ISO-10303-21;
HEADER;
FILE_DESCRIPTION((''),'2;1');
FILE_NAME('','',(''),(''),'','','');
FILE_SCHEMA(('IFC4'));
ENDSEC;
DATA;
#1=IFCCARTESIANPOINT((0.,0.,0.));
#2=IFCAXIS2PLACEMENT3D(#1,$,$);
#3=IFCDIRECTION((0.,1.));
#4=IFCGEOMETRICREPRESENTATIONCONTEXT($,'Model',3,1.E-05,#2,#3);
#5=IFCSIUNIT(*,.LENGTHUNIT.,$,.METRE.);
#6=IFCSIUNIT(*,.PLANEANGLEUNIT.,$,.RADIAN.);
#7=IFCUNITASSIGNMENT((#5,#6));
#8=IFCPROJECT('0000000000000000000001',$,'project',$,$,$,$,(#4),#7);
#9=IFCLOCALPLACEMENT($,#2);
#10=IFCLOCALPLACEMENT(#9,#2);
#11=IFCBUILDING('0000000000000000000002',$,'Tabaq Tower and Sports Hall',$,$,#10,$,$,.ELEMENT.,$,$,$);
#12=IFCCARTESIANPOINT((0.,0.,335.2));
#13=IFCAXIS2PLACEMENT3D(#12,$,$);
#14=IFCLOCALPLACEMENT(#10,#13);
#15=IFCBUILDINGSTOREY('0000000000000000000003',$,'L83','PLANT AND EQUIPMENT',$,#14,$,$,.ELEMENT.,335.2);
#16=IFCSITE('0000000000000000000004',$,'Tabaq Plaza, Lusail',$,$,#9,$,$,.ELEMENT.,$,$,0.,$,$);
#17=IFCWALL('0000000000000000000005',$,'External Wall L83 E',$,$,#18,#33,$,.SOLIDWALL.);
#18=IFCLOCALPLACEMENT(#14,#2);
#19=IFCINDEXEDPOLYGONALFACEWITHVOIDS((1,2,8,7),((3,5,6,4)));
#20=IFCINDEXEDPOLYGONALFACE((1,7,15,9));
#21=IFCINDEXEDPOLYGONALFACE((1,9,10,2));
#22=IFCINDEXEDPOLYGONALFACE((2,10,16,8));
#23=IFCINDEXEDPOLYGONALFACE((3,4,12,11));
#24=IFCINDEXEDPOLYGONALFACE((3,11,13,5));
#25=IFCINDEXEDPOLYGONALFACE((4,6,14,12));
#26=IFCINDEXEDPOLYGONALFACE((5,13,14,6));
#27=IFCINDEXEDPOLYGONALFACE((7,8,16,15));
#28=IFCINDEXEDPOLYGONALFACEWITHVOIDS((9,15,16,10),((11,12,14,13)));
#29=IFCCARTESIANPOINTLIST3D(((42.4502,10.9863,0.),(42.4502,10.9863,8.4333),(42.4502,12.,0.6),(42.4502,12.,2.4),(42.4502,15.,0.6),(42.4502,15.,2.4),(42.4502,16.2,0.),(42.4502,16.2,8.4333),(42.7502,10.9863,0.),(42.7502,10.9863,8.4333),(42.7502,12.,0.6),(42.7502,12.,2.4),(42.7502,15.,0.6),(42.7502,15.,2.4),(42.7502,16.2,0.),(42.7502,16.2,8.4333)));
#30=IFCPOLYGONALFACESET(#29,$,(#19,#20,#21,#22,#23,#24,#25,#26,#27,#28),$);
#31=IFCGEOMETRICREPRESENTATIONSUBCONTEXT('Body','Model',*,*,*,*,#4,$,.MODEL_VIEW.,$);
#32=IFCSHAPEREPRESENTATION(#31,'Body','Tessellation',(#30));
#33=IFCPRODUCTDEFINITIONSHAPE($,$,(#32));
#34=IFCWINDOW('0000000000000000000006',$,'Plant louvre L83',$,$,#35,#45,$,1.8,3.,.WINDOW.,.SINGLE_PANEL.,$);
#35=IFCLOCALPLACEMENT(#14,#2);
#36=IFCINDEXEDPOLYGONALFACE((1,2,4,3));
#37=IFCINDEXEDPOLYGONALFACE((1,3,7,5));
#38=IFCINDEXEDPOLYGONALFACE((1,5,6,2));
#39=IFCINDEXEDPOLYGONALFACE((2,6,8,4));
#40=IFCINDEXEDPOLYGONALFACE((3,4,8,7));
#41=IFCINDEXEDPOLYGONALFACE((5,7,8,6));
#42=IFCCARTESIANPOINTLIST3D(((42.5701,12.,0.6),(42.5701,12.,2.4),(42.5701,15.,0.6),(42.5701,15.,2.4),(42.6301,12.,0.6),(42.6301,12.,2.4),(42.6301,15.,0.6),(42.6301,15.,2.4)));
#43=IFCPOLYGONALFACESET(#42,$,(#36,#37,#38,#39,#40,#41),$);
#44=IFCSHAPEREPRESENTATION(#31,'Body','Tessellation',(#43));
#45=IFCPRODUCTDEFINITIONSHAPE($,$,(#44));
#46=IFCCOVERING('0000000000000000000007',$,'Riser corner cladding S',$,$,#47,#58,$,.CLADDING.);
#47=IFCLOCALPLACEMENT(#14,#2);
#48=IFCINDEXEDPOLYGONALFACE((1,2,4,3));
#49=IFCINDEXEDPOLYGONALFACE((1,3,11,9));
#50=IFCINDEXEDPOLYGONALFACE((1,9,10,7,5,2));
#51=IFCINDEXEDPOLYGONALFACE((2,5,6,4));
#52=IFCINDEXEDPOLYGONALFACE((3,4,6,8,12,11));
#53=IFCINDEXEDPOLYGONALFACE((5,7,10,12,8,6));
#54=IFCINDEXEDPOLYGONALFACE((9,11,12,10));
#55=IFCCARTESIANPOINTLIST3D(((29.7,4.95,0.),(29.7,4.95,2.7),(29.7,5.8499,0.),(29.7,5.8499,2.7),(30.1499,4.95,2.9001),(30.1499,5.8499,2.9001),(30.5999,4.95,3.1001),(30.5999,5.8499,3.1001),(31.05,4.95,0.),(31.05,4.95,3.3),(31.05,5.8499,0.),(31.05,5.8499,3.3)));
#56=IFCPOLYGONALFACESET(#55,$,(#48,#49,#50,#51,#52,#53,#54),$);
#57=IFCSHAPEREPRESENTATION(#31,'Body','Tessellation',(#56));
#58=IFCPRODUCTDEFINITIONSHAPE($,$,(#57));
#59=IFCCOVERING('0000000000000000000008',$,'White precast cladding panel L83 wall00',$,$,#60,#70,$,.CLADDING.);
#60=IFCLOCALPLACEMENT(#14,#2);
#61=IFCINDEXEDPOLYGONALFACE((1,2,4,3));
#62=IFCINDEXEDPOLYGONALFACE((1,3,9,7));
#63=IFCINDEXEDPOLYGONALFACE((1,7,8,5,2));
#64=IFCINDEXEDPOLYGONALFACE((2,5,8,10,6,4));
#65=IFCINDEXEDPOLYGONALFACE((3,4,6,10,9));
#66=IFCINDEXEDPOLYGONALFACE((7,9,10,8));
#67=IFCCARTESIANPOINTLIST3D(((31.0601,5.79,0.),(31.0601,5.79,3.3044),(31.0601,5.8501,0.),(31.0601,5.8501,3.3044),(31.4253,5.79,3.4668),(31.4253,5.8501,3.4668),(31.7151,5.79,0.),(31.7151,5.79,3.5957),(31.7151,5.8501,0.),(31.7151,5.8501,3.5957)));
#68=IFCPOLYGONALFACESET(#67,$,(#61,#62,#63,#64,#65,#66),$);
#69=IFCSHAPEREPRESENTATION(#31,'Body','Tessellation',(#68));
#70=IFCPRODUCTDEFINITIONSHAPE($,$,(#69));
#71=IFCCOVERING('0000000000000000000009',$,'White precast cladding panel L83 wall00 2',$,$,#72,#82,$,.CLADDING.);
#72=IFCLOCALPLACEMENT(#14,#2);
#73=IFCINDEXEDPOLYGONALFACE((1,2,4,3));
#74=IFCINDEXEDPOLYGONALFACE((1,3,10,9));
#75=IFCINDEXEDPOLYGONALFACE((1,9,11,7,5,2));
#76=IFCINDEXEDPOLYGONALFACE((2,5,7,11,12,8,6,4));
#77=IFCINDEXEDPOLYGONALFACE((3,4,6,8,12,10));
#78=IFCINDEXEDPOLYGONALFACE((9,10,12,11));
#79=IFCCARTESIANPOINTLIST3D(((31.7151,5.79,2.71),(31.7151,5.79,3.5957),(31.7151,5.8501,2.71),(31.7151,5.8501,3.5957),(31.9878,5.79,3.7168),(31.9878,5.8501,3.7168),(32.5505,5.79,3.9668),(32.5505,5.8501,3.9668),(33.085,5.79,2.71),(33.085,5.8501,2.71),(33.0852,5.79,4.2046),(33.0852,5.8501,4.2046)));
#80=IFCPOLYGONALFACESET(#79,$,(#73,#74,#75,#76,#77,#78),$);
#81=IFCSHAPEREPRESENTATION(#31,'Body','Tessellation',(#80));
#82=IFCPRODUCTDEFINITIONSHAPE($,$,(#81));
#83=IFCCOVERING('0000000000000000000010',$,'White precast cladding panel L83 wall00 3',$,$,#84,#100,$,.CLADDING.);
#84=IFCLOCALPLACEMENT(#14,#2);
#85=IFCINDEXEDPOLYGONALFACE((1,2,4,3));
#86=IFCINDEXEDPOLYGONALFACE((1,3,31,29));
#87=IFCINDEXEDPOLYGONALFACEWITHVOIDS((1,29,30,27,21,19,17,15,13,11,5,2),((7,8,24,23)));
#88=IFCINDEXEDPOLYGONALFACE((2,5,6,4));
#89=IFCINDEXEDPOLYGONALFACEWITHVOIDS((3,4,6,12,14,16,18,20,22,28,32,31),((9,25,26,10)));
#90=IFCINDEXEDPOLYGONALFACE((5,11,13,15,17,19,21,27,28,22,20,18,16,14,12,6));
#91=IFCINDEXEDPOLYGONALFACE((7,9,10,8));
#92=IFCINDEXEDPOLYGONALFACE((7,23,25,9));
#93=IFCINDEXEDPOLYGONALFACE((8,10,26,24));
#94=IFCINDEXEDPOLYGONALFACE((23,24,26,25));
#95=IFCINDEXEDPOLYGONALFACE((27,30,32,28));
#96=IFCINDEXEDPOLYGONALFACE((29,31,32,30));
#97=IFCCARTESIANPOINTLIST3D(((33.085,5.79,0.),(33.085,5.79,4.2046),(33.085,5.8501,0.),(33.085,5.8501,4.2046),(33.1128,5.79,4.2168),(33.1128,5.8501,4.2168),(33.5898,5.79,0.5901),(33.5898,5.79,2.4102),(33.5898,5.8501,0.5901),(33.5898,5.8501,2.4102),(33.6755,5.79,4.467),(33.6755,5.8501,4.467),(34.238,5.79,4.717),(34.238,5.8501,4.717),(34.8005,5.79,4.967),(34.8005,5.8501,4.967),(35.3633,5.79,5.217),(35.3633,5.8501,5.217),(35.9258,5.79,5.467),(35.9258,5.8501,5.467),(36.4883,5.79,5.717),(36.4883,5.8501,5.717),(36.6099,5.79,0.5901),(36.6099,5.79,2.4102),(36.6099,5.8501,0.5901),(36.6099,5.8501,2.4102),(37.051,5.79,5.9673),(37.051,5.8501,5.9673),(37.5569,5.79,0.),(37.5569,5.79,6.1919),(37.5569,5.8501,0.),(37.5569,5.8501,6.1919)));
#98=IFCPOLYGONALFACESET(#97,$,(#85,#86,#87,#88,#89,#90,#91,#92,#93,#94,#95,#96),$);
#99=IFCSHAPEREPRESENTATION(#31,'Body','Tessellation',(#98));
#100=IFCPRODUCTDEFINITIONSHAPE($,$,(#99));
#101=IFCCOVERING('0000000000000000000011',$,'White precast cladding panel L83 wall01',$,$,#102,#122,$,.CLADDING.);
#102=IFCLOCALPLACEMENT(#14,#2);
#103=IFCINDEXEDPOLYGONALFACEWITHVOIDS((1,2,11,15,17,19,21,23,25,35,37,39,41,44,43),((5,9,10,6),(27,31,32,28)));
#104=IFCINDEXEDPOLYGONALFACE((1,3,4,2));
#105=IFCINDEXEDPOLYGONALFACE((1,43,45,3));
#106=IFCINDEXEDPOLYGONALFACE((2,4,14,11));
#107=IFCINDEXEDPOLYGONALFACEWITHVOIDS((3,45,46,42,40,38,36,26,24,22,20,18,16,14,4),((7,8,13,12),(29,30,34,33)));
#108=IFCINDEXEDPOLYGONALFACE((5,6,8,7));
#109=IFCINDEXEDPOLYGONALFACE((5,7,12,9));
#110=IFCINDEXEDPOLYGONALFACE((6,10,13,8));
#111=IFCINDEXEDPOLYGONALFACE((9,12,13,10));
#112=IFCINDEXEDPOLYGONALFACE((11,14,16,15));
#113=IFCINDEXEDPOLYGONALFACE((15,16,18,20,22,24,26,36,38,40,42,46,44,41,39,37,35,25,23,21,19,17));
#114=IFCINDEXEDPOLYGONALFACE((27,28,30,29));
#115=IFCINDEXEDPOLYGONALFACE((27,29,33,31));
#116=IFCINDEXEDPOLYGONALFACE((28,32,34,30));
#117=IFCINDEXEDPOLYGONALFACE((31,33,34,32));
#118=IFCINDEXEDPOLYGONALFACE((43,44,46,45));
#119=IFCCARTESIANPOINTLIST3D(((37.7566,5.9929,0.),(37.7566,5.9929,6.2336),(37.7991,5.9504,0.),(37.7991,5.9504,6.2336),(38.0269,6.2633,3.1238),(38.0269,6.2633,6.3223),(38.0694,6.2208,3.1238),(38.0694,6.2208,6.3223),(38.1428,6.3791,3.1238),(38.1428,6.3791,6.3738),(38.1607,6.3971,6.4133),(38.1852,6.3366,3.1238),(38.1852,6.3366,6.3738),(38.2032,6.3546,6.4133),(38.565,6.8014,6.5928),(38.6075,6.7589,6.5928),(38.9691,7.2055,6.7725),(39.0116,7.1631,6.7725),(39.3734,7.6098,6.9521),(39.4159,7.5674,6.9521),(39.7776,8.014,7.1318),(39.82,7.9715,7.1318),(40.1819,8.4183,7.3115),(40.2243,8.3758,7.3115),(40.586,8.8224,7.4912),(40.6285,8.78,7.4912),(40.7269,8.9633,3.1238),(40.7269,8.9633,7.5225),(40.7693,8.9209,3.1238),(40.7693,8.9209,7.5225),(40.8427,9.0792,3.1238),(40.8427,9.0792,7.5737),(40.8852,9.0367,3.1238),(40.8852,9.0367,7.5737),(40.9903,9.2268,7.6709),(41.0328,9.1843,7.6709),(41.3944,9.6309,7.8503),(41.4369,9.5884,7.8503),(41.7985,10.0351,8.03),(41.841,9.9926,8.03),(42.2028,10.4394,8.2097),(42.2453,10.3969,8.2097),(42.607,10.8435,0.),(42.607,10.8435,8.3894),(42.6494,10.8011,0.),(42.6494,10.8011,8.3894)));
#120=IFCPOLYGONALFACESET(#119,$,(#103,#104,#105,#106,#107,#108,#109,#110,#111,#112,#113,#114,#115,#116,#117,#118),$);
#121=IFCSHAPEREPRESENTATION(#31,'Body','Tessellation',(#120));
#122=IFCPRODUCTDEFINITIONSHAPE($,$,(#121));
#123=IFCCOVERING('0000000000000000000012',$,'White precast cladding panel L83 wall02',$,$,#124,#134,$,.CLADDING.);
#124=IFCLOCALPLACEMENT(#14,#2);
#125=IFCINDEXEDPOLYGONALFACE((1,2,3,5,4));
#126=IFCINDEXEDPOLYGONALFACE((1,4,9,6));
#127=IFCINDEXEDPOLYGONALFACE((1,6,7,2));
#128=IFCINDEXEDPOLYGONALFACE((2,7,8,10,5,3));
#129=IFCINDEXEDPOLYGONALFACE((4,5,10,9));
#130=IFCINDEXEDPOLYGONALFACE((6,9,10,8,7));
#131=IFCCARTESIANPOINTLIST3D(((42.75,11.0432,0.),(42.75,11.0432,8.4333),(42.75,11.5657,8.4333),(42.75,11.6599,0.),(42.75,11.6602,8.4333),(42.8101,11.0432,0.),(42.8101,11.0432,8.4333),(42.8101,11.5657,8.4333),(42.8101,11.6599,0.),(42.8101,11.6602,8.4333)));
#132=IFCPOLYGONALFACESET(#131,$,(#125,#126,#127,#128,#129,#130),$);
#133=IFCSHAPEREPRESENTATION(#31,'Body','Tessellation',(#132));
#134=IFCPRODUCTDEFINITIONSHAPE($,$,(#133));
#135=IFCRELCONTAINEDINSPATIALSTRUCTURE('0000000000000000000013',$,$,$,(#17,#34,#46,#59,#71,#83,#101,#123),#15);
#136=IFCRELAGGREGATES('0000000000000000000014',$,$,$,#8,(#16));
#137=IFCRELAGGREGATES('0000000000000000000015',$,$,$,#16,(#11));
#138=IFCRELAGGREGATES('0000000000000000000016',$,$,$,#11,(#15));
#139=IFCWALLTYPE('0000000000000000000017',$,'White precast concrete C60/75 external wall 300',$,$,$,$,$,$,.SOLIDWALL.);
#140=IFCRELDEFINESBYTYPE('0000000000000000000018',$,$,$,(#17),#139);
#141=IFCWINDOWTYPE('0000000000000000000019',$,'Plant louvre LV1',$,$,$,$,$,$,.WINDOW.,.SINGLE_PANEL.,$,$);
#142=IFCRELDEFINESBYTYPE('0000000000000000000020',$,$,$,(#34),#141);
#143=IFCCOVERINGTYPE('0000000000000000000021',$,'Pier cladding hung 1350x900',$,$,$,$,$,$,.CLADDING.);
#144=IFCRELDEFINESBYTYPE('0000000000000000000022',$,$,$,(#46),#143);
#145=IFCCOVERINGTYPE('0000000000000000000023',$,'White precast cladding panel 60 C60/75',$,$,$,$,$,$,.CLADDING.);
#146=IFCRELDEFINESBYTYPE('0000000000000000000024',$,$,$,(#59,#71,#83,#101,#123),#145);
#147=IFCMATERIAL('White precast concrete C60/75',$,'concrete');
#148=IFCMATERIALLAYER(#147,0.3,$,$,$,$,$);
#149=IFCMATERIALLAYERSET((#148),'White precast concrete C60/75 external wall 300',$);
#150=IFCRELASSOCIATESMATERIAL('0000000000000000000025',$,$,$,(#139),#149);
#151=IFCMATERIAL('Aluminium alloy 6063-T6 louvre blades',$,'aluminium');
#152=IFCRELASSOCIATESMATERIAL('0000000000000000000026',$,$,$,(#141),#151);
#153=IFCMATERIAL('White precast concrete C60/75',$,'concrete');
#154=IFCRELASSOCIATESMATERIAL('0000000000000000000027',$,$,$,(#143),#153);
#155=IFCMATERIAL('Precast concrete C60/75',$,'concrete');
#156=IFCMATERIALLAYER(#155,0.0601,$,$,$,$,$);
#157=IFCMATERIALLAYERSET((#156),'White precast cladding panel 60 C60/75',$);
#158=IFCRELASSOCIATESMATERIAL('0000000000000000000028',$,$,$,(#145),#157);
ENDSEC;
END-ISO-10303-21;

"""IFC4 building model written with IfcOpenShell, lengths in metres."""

from ifc_helpers import new_model, si_unit, direction, frame, frame_2d, origin, place, context, subcontext, project, spatial, polyline, rectangle, outline, extrude, material, layer, layer_set, type_object, element, fill, save


model = new_model("IFC4")

# Units and contexts
model_context = context("Model", 3, precision=1e-05, world=origin(), true_north=direction((0.0, 1.0)))
body_context = subcontext(model_context, "Body", "Model", "MODEL_VIEW")
ifc_project = project(units=[si_unit("LENGTHUNIT", "METRE"), si_unit("PLANEANGLEUNIT", "RADIAN")], contexts=[model_context])

# Site, building, storey
site_placement = place(None, origin())
site = spatial("IfcSite", under=ifc_project, at=site_placement, Name="Tabaq Plaza, Lusail", CompositionType="ELEMENT", RefElevation=0.0)
building_placement = place(site_placement, origin())
building = spatial("IfcBuilding", under=site, at=building_placement, Name="Tabaq Tower and Sports Hall", CompositionType="ELEMENT")
storey_placement = place(building_placement, frame((0.0, 0.0, 335.2)))
storey = spatial("IfcBuildingStorey", under=building, at=storey_placement, Name="L83", Description="PLANT AND EQUIPMENT", CompositionType="ELEMENT", Elevation=335.2)

# Shared definitions
ifc_material_1 = material(Name="White precast concrete C60/75", Category="concrete")
ifc_layer_1 = layer(ifc_material_1, 0.3)
ifc_layer_set_1 = layer_set([ifc_layer_1], Name="White precast concrete C60/75 external wall 300")
wall_type_1 = type_object("IfcWallType", Name="White precast concrete C60/75 external wall 300", PredefinedType="SOLIDWALL", material=ifc_layer_set_1)
ifc_material_2 = material(Name="Aluminium alloy 6063-T6 louvre blades", Category="aluminium")
window_type = type_object("IfcWindowType", Name="Plant louvre LV1", PartitioningType="SINGLE_PANEL", PredefinedType="WINDOW", material=ifc_material_2)

# Wall, opening, window
wall_1_placement = place(storey_placement, frame((42.6001, 10.9863, 0.0), z_axis=(0.0, 0.0, 1.0), x_axis=(0.0, 1.0, 0.0)))
wall_1 = element("IfcWall", 1, at=wall_1_placement, inside=storey, type_object=wall_type_1, Name="External Wall L83 E", PredefinedType="SOLIDWALL", context=body_context, shape_type="SweptSolid", body=[
    extrude(outline(polyline([(0.0, 0.0), (5.2136, 0.0), (5.2136, 8.4333), (4.6343, 8.4333), (4.0549, 8.4333), (3.4758, 8.4333), (2.8965, 8.4333), (2.3171, 8.4333), (1.7378, 8.4333), (1.1587, 8.4333), (0.5793, 8.4333), (0.0, 8.4333), (0.0, 0.0)])), frame((0.0, 0.1499, 0.0), z_axis=(0.0, -1.0, 0.0), x_axis=(1.0, 0.0, 0.0)), (0.0, 0.0, 1.0), 0.3),
])
opening_1_placement = place(wall_1_placement, frame((1.0137, 0.0, 0.6001)))
opening_1 = element("IfcOpeningElement", 2, at=opening_1_placement, cuts=wall_1, PredefinedType="OPENING", context=body_context, shape_type="SweptSolid", body=[
    extrude(rectangle(XDim=3.0, YDim=1.8, at=frame_2d((1.5, 0.8999))), frame((0.0, 0.1602, 0.0), z_axis=(0.0, -1.0, 0.0), x_axis=(1.0, 0.0, 0.0)), (0.0, 0.0, 1.0), 0.3201),
])
window_1_placement = place(opening_1_placement, origin())
window_1 = element("IfcWindow", 3, at=window_1_placement, inside=storey, type_object=window_type, Name="Plant louvre L83", OverallHeight=1.8, OverallWidth=3.0, PartitioningType="SINGLE_PANEL", PredefinedType="WINDOW", context=body_context, shape_type="SweptSolid", body=[
    extrude(rectangle(XDim=3.0, YDim=1.8, at=frame_2d((1.5, 0.8999))), frame((0.0, 0.03, 0.0), z_axis=(0.0, -1.0, 0.0), x_axis=(1.0, 0.0, 0.0)), (0.0, 0.0, 1.0), 0.0601),
])
fill(opening_1, window_1)

# Coverings
ifc_material_3 = material(Name="White precast concrete C60/75", Category="concrete")
covering_type_1 = type_object("IfcCoveringType", Name="Pier cladding hung 1350x900", PredefinedType="CLADDING", material=ifc_material_3)
covering_1_placement = place(storey_placement, frame((29.7, 5.3999, 0.0), z_axis=(0.0, 0.0, 1.0), x_axis=(1.0, 0.0, 0.0)))
element("IfcCovering", 4, at=covering_1_placement, inside=storey, type_object=covering_type_1, Name="Riser corner cladding S", PredefinedType="CLADDING", context=body_context, shape_type="SweptSolid", body=[
    extrude(outline(polyline([(0.0, 0.0), (1.3501, 0.0), (1.3501, 3.3), (0.8999, 3.1001), (0.45, 2.9001), (0.0, 2.7), (0.0, 0.0)])), frame((0.0, 0.45, 0.0), z_axis=(0.0, -1.0, 0.0), x_axis=(1.0, 0.0, 0.0)), (0.0, 0.0, 1.0), 0.8999),
])
ifc_material_4 = material(Name="Precast concrete C60/75", Category="concrete")
ifc_layer_2 = layer(ifc_material_4, 0.0601)
ifc_layer_set_2 = layer_set([ifc_layer_2], Name="White precast cladding panel 60 C60/75")
covering_type_2 = type_object("IfcCoveringType", Name="White precast cladding panel 60 C60/75", PredefinedType="CLADDING", material=ifc_layer_set_2)
covering_2_placement = place(storey_placement, frame((31.0601, 5.8201, 0.0), z_axis=(0.0, 0.0, 1.0), x_axis=(1.0, 0.0, 0.0)))
element("IfcCovering", 5, at=covering_2_placement, inside=storey, type_object=covering_type_2, Name="White precast cladding panel L83 wall00", PredefinedType="CLADDING", context=body_context, shape_type="SweptSolid", body=[
    extrude(outline(polyline([(0.0, 0.0), (0.655, 0.0), (0.655, 3.5957), (0.3652, 3.4668), (0.0, 3.3044), (0.0, 0.0)])), frame((0.0, 0.03, 0.0), z_axis=(0.0, -1.0, 0.0), x_axis=(1.0, 0.0, 0.0)), (0.0, 0.0, 1.0), 0.0601),
])
covering_3_placement = place(storey_placement, frame((31.7151, 5.8201, 2.71), z_axis=(0.0, 0.0, 1.0), x_axis=(1.0, 0.0, 0.0)))
element("IfcCovering", 6, at=covering_3_placement, inside=storey, type_object=covering_type_2, Name="White precast cladding panel L83 wall00 2", PredefinedType="CLADDING", context=body_context, shape_type="SweptSolid", body=[
    extrude(outline(polyline([(0.0, 0.0), (1.3699, 0.0), (1.3701, 1.4946), (0.8354, 1.2568), (0.2727, 1.0068), (0.0, 0.8857), (0.0, 0.0)])), frame((0.0, 0.03, 0.0), z_axis=(0.0, -1.0, 0.0), x_axis=(1.0, 0.0, 0.0)), (0.0, 0.0, 1.0), 0.0601),
])
covering_4_placement = place(storey_placement, frame((33.085, 5.8201, 0.0), z_axis=(0.0, 0.0, 1.0), x_axis=(1.0, 0.0, 0.0)))
element("IfcCovering", 7, at=covering_4_placement, inside=storey, type_object=covering_type_2, Name="White precast cladding panel L83 wall00 3", PredefinedType="CLADDING", context=body_context, shape_type="SweptSolid", body=[
    extrude(outline(polyline([(0.0, 0.0), (4.4719, 0.0), (4.4719, 6.1919), (3.9661, 5.9673), (3.4033, 5.717), (2.8408, 5.467), (2.2783, 5.217), (1.7156, 4.967), (1.1531, 4.717), (0.5906, 4.467), (0.0278, 4.2168), (0.0, 4.2046), (0.0, 0.0)]), holes=[polyline([(0.5049, 0.5901), (0.5049, 2.4102), (3.5249, 2.4102), (3.5249, 0.5901), (0.5049, 0.5901)])]), frame((0.0, 0.03, 0.0), z_axis=(0.0, -1.0, 0.0), x_axis=(1.0, 0.0, 0.0)), (0.0, 0.0, 1.0), 0.0601),
])
covering_5_placement = place(storey_placement, frame((37.7778, 5.9717, 0.0), z_axis=(0.0, 0.0, 1.0), x_axis=(0.707089, 0.707125, 0.0)))
element("IfcCovering", 8, at=covering_5_placement, inside=storey, type_object=covering_type_2, Name="White precast cladding panel L83 wall01", PredefinedType="CLADDING", context=body_context, shape_type="SweptSolid", body=[
    extrude(outline(polyline([(0.0, 0.0), (6.8596, 0.0), (6.8596, 8.3894), (6.2881, 8.2097), (5.7163, 8.03), (5.1448, 7.8503), (4.5732, 7.6709), (4.0015, 7.4912), (3.4299, 7.3115), (2.8582, 7.1318), (2.2866, 6.9521), (1.7148, 6.7725), (1.1433, 6.5928), (0.5715, 6.4133), (0.0, 6.2336), (0.0, 0.0)]), holes=[polyline([(0.3823, 3.1238), (0.3823, 6.3223), (0.5461, 6.3738), (0.5461, 3.1238), (0.3823, 3.1238)]), polyline([(4.2007, 3.1238), (4.2007, 7.5225), (4.3645, 7.5737), (4.3645, 3.1238), (4.2007, 3.1238)])]), frame((0.0, 0.03, 0.0), z_axis=(0.0, -1.0, 0.0), x_axis=(1.0, 0.0, 0.0)), (0.0, 0.0, 1.0), 0.0601),
])
covering_6_placement = place(storey_placement, frame((42.78, 11.0432, 0.0), z_axis=(0.0, 0.0, 1.0), x_axis=(0.0, 1.0, 0.0)))
element("IfcCovering", 9, at=covering_6_placement, inside=storey, type_object=covering_type_2, Name="White precast cladding panel L83 wall02", PredefinedType="CLADDING", context=body_context, shape_type="SweptSolid", body=[
    extrude(outline(polyline([(0.0, 0.0), (0.6167, 0.0), (0.6169, 8.4333), (0.5225, 8.4333), (0.0, 8.4333), (0.0, 0.0)])), frame((0.0, 0.03, 0.0), z_axis=(0.0, -1.0, 0.0), x_axis=(1.0, 0.0, 0.0)), (0.0, 0.0, 1.0), 0.0601),
])

save(model, "model.ifc")
